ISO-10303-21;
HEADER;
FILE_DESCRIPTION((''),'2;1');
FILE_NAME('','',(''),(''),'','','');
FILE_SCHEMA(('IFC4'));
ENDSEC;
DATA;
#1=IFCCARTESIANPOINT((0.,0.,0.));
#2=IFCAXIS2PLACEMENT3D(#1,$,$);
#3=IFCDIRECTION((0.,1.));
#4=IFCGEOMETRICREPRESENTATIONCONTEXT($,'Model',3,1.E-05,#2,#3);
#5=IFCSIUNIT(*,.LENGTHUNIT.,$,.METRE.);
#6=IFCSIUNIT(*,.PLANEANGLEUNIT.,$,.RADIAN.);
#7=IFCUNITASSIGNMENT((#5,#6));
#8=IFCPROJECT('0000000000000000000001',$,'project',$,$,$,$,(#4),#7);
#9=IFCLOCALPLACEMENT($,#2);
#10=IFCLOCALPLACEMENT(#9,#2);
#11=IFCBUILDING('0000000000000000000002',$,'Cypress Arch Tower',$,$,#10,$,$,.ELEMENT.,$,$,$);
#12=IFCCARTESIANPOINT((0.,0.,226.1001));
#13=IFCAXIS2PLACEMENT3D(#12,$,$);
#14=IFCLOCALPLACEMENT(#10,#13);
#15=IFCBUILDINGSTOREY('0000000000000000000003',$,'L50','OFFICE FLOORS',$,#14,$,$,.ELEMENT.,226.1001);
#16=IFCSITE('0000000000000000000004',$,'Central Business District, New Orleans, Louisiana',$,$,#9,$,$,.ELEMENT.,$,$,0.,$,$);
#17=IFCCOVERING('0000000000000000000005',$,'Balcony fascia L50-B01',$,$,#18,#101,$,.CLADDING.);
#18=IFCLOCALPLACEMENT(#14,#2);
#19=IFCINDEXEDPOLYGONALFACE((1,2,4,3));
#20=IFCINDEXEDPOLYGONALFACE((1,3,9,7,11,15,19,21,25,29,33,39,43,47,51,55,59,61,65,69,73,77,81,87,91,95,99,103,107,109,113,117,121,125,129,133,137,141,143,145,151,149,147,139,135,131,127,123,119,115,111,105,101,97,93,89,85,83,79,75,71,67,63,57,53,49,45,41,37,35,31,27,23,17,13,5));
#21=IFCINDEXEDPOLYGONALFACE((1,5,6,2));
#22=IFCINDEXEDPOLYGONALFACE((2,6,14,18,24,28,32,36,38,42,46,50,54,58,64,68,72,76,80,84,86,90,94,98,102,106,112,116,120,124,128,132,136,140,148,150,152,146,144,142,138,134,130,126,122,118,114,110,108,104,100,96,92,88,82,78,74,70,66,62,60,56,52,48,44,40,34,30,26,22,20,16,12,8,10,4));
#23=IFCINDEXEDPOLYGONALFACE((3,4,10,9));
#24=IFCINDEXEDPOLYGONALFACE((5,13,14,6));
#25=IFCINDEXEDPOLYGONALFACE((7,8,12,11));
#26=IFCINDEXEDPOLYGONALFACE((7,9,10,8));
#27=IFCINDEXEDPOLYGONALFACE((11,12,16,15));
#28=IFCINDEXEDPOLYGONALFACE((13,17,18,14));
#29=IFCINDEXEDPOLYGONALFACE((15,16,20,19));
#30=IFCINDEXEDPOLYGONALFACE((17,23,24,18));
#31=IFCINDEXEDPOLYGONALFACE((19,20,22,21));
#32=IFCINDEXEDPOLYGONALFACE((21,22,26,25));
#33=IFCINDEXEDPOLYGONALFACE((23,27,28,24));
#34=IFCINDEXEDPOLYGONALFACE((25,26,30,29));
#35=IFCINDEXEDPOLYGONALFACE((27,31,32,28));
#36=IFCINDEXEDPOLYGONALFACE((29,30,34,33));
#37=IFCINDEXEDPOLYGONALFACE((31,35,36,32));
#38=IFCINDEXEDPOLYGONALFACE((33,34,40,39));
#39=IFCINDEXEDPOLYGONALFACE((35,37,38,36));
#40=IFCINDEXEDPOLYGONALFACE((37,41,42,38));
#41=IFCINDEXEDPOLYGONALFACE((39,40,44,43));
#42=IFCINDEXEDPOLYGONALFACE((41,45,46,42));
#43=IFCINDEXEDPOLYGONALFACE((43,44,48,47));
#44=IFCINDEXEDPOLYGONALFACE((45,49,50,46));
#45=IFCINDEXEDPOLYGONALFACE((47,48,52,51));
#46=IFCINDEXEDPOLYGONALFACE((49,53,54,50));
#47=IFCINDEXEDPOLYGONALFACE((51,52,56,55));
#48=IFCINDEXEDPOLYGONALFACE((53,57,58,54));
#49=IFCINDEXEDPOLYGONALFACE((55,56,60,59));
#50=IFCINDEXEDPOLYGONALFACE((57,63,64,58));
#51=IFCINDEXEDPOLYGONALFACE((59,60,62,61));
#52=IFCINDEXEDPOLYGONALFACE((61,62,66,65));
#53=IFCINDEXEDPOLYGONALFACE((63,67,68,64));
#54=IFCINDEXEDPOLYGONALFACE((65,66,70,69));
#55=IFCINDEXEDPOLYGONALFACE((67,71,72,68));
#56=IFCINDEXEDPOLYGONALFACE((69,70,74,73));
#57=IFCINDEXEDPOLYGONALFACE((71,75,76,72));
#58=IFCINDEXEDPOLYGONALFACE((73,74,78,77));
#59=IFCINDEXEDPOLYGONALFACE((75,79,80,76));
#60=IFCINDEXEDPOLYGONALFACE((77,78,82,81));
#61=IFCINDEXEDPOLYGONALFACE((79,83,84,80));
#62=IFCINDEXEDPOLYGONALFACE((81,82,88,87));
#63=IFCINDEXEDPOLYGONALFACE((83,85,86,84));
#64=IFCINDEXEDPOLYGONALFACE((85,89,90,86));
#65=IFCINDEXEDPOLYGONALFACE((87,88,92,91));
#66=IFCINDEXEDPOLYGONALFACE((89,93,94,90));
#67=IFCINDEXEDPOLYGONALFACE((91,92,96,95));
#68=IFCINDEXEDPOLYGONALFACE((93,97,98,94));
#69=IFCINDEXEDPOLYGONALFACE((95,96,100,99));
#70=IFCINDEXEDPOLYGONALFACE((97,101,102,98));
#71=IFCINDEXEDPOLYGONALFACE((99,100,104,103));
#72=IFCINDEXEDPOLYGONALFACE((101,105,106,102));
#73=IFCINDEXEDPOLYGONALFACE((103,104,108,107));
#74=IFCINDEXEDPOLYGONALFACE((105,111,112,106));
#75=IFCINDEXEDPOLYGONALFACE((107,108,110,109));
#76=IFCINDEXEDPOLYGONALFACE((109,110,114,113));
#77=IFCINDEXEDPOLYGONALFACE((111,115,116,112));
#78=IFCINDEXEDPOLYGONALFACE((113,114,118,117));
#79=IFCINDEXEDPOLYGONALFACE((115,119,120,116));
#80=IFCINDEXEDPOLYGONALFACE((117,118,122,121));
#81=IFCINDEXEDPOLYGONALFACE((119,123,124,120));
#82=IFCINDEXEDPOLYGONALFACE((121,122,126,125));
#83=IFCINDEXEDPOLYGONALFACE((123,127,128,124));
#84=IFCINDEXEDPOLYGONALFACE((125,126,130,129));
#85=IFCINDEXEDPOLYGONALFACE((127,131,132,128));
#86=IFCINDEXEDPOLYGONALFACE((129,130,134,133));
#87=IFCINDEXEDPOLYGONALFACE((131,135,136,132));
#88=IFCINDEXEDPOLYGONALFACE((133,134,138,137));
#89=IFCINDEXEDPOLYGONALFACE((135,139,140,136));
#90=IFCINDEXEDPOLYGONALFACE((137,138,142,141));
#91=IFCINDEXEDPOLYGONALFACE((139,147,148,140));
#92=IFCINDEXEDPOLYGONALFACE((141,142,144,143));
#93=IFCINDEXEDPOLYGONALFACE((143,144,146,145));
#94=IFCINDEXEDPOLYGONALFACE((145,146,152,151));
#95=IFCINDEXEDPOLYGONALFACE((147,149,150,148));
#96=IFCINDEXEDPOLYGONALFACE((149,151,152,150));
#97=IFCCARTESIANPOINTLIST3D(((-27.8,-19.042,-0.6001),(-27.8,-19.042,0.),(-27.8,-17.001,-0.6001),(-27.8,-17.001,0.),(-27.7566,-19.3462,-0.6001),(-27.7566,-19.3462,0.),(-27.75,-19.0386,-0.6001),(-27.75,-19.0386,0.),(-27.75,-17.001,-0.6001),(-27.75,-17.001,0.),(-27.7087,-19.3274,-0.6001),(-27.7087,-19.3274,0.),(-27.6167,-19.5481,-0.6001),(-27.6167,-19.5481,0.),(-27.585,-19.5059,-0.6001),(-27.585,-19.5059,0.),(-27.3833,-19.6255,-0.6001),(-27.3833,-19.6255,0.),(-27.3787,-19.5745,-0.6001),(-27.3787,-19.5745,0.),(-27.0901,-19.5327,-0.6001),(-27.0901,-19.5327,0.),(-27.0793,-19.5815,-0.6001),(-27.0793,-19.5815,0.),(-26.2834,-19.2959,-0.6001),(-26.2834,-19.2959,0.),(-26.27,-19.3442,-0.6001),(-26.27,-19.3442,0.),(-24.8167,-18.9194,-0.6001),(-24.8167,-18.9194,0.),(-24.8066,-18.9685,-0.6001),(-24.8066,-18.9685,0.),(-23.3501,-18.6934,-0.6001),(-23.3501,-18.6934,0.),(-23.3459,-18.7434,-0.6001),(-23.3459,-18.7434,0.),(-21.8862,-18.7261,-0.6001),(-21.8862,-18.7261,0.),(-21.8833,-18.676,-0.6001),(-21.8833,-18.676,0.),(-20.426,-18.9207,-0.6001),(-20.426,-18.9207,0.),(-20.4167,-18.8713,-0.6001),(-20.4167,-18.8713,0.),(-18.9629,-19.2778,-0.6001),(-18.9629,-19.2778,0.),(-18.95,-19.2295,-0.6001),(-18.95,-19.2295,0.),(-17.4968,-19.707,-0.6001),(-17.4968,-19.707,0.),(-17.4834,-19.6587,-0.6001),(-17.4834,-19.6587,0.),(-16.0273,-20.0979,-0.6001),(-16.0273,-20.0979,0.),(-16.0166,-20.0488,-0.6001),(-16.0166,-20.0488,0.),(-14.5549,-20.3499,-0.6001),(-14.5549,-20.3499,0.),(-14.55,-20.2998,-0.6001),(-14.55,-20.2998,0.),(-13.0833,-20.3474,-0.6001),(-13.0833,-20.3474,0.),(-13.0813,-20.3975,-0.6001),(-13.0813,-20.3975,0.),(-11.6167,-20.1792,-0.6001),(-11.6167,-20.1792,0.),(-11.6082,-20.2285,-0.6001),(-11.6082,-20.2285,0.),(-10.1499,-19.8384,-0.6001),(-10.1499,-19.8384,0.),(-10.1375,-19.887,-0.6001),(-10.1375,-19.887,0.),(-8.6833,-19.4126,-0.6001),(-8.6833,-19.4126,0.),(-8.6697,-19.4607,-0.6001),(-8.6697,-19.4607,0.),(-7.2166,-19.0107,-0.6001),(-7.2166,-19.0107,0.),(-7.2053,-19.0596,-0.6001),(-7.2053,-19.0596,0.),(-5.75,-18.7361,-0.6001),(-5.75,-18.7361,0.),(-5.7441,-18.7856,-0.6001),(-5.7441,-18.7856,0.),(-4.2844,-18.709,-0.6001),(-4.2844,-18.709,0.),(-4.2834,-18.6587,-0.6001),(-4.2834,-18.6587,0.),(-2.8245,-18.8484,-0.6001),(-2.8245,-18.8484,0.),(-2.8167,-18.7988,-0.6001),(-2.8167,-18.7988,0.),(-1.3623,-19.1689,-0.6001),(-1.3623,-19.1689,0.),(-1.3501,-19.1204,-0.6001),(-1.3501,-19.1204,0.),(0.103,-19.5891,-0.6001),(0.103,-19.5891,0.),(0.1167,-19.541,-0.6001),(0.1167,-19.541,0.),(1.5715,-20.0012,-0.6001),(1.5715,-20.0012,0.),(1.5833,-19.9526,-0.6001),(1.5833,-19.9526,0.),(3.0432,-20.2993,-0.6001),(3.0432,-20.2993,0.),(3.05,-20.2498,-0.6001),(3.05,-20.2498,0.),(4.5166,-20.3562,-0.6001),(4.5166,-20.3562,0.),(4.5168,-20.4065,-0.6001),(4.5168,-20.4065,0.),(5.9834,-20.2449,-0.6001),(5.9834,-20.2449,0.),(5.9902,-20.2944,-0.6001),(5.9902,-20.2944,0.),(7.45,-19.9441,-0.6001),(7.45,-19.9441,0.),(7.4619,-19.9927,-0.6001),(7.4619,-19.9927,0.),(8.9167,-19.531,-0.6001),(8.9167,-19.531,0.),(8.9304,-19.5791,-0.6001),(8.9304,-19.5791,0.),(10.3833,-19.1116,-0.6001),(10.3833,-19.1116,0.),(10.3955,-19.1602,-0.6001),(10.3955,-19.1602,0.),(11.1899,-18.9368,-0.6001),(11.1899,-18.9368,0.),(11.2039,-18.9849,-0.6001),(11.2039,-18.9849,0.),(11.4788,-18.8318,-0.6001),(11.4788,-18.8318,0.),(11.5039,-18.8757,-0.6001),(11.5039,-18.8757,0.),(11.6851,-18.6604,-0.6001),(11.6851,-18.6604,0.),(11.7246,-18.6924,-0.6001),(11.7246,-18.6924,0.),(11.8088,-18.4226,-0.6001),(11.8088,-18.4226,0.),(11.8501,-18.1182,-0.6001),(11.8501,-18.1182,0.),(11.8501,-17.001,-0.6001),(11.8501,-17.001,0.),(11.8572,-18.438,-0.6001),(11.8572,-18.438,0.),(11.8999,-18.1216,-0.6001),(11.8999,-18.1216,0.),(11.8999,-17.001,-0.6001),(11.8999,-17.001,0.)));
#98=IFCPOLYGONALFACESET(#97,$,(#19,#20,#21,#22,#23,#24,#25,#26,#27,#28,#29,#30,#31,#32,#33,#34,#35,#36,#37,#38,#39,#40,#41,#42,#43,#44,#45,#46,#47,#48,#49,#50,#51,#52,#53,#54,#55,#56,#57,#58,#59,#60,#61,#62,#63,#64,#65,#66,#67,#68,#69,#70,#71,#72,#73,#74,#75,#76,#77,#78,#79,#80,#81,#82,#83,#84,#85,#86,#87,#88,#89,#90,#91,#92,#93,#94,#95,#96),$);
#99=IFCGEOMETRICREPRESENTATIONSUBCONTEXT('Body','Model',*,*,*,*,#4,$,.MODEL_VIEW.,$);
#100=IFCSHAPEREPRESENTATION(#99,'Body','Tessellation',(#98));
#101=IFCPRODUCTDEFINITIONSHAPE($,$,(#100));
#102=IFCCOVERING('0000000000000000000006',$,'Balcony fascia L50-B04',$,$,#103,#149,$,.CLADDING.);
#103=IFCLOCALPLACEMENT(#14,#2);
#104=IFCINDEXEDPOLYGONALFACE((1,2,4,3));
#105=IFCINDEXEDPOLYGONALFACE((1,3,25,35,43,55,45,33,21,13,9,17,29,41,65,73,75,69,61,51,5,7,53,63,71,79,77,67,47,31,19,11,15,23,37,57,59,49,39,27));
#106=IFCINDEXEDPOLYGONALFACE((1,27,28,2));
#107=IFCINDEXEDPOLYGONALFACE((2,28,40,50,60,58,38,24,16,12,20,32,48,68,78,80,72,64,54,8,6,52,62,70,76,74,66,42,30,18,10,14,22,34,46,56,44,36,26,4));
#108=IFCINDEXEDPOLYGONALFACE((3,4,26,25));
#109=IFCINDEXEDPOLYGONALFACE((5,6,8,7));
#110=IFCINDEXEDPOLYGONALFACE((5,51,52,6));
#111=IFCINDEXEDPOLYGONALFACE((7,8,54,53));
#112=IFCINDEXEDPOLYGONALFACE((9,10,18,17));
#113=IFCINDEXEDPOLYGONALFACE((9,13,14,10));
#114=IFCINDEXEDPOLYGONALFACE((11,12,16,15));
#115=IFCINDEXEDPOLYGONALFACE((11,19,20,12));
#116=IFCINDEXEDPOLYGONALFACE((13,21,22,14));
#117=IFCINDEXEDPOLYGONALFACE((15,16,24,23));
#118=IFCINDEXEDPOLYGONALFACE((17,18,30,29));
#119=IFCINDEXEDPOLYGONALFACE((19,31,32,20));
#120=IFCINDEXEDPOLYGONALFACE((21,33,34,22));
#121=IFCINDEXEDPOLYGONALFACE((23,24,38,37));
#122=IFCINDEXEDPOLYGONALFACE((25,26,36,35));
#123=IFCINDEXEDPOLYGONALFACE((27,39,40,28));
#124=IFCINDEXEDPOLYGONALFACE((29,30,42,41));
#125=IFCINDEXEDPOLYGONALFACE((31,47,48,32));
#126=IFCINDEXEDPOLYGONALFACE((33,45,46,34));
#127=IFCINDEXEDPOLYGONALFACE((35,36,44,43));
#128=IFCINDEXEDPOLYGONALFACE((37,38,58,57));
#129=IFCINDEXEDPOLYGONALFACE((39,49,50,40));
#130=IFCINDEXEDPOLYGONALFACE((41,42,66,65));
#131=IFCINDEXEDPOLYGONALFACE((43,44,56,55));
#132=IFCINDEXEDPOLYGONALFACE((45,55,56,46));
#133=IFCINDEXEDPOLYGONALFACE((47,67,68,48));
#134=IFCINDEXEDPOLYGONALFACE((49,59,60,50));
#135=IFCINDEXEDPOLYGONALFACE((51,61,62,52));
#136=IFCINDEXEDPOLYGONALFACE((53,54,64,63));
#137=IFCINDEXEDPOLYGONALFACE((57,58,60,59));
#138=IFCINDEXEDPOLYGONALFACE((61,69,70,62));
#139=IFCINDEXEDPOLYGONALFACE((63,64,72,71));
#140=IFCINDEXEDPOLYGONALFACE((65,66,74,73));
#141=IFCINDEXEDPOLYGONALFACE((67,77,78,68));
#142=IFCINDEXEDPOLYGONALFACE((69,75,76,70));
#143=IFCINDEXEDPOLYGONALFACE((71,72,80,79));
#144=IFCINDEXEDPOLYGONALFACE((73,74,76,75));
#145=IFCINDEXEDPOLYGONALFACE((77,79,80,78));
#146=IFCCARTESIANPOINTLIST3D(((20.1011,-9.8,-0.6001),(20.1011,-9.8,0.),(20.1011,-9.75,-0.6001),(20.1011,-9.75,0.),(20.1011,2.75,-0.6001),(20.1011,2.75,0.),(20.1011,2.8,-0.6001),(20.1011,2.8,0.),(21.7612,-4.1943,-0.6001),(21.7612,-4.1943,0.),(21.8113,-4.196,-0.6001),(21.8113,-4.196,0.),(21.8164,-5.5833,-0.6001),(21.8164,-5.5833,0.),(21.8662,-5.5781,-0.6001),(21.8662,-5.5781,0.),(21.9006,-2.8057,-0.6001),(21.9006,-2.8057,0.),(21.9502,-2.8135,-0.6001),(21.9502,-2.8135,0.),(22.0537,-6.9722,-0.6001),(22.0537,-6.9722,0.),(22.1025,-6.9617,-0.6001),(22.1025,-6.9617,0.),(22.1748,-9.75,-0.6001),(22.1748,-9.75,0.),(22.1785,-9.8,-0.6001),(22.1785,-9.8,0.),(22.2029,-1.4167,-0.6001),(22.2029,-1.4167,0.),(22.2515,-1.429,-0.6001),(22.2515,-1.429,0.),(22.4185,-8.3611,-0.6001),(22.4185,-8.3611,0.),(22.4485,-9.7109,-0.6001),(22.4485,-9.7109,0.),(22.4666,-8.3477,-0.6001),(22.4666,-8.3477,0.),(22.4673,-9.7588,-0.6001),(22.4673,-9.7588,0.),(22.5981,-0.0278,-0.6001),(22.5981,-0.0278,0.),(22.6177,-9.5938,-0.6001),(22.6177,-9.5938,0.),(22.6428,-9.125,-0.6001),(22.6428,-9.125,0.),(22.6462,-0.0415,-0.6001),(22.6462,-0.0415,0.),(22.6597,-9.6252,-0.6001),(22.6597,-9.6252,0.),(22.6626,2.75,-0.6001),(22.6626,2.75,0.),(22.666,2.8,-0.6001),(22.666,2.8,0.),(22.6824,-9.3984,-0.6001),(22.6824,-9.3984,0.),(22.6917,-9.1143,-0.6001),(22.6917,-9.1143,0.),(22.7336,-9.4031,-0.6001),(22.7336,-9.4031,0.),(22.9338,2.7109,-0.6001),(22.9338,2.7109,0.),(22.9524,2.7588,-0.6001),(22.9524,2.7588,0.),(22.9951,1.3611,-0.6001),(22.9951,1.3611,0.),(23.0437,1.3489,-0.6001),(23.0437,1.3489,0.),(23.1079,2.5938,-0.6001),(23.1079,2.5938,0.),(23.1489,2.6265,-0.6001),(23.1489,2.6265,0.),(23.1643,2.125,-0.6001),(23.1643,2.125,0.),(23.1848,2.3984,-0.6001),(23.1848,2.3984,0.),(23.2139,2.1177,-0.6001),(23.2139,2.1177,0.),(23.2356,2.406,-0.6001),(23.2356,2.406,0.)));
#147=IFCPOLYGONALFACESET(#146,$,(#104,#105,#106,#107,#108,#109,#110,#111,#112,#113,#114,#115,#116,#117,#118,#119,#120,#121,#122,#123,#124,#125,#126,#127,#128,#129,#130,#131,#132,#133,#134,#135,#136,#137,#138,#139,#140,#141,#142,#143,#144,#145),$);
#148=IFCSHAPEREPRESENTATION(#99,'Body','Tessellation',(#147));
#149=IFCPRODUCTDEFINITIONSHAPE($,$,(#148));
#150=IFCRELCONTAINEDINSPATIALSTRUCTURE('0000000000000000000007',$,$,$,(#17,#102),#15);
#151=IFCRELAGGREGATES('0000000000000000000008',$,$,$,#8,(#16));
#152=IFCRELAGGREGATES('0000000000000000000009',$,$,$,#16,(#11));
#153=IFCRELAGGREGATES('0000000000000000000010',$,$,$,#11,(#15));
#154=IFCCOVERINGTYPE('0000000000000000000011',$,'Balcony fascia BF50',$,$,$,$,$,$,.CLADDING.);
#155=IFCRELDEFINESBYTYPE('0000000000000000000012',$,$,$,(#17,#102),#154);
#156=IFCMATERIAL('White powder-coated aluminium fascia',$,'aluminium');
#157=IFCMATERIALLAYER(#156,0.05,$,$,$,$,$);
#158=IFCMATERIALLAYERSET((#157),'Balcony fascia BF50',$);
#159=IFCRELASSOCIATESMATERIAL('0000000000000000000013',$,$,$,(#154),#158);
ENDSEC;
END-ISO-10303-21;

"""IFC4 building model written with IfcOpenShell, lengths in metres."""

from ifc_helpers import new_model, si_unit, direction, frame, origin, place, context, subcontext, project, spatial, polyline, outline, extrude, material, layer, layer_set, type_object, element, save


model = new_model("IFC4")

# Units and contexts
model_context = context("Model", 3, precision=1e-05, world=origin(), true_north=direction((0.0, 1.0)))
body_context = subcontext(model_context, "Body", "Model", "MODEL_VIEW")
ifc_project = project(units=[si_unit("LENGTHUNIT", "METRE"), si_unit("PLANEANGLEUNIT", "RADIAN")], contexts=[model_context])

# Site, building, storey
site_placement = place(None, origin())
site = spatial("IfcSite", under=ifc_project, at=site_placement, Name="Central Business District, New Orleans, Louisiana", CompositionType="ELEMENT", RefElevation=0.0)
building_placement = place(site_placement, origin())
building = spatial("IfcBuilding", under=site, at=building_placement, Name="Cypress Arch Tower", CompositionType="ELEMENT")
storey_placement = place(building_placement, frame((0.0, 0.0, 226.1001)))
storey = spatial("IfcBuildingStorey", under=building, at=storey_placement, Name="L50", Description="OFFICE FLOORS", CompositionType="ELEMENT", Elevation=226.1001)

# Coverings
ifc_material_1 = material(Name="White powder-coated aluminium fascia", Category="aluminium")
ifc_layer_1 = layer(ifc_material_1, 0.05)
ifc_layer_set_1 = layer_set([ifc_layer_1], Name="Balcony fascia BF50")
covering_type_1 = type_object("IfcCoveringType", Name="Balcony fascia BF50", PredefinedType="CLADDING", material=ifc_layer_set_1)
covering_1_placement = place(storey_placement, frame((0.0, 0.0, -0.6001)))
element("IfcCovering", 1, at=covering_1_placement, inside=storey, type_object=covering_type_1, Name="Balcony fascia L50-B01", PredefinedType="CLADDING", context=body_context, shape_type="SweptSolid", body=[
    extrude(outline(polyline([(11.8999, -18.1216), (11.8572, -18.438), (11.7246, -18.6924), (11.5039, -18.8757), (11.2039, -18.9849), (10.3955, -19.1602), (8.9304, -19.5791), (7.4619, -19.9927), (5.9902, -20.2944), (4.5168, -20.4065), (3.0432, -20.2993), (1.5715, -20.0012), (0.103, -19.5891), (-1.3623, -19.1689), (-2.8245, -18.8484), (-4.2844, -18.709), (-5.7441, -18.7856), (-7.2053, -19.0596), (-8.6697, -19.4607), (-10.1375, -19.887), (-11.6082, -20.2285), (-13.0813, -20.3975), (-14.5549, -20.3499), (-16.0273, -20.0979), (-17.4968, -19.707), (-18.9629, -19.2778), (-20.426, -18.9207), (-21.8862, -18.7261), (-23.3459, -18.7434), (-24.8066, -18.9685), (-26.27, -19.3442), (-27.0793, -19.5815), (-27.3833, -19.6255), (-27.6167, -19.5481), (-27.7566, -19.3462), (-27.8, -19.042), (-27.8, -17.001), (-27.75, -17.001), (-27.75, -19.0386), (-27.7087, -19.3274), (-27.585, -19.5059), (-27.3787, -19.5745), (-27.0901, -19.5327), (-26.2834, -19.2959), (-24.8167, -18.9194), (-23.3501, -18.6934), (-21.8833, -18.676), (-20.4167, -18.8713), (-18.95, -19.2295), (-17.4834, -19.6587), (-16.0166, -20.0488), (-14.55, -20.2998), (-13.0833, -20.3474), (-11.6167, -20.1792), (-10.1499, -19.8384), (-8.6833, -19.4126), (-7.2166, -19.0107), (-5.75, -18.7361), (-4.2834, -18.6587), (-2.8167, -18.7988), (-1.3501, -19.1204), (0.1167, -19.541), (1.5833, -19.9526), (3.05, -20.2498), (4.5166, -20.3562), (5.9834, -20.2449), (7.45, -19.9441), (8.9167, -19.531), (10.3833, -19.1116), (11.1899, -18.9368), (11.4788, -18.8318), (11.6851, -18.6604), (11.8088, -18.4226), (11.8501, -18.1182), (11.8501, -17.001), (11.8999, -17.001), (11.8999, -18.1216)])), origin(), (0.0, 0.0, 1.0), 0.6001),
])
covering_2_placement = place(storey_placement, frame((0.0, 0.0, -0.6001)))
element("IfcCovering", 2, at=covering_2_placement, inside=storey, type_object=covering_type_1, Name="Balcony fascia L50-B04", PredefinedType="CLADDING", context=body_context, shape_type="SweptSolid", body=[
    extrude(outline(polyline([(22.666, 2.8), (22.9524, 2.7588), (23.1489, 2.6265), (23.2356, 2.406), (23.2139, 2.1177), (23.0437, 1.3489), (22.6462, -0.0415), (22.2515, -1.429), (21.9502, -2.8135), (21.8113, -4.196), (21.8662, -5.5781), (22.1025, -6.9617), (22.4666, -8.3477), (22.6917, -9.1143), (22.7336, -9.4031), (22.6597, -9.6252), (22.4673, -9.7588), (22.1785, -9.8), (20.1011, -9.8), (20.1011, -9.75), (22.1748, -9.75), (22.4485, -9.7109), (22.6177, -9.5938), (22.6824, -9.3984), (22.6428, -9.125), (22.4185, -8.3611), (22.0537, -6.9722), (21.8164, -5.5833), (21.7612, -4.1943), (21.9006, -2.8057), (22.2029, -1.4167), (22.5981, -0.0278), (22.9951, 1.3611), (23.1643, 2.125), (23.1848, 2.3984), (23.1079, 2.5938), (22.9338, 2.7109), (22.6626, 2.75), (20.1011, 2.75), (20.1011, 2.8), (22.666, 2.8)])), origin(), (0.0, 0.0, 1.0), 0.6001),
])

save(model, "model.ifc")
